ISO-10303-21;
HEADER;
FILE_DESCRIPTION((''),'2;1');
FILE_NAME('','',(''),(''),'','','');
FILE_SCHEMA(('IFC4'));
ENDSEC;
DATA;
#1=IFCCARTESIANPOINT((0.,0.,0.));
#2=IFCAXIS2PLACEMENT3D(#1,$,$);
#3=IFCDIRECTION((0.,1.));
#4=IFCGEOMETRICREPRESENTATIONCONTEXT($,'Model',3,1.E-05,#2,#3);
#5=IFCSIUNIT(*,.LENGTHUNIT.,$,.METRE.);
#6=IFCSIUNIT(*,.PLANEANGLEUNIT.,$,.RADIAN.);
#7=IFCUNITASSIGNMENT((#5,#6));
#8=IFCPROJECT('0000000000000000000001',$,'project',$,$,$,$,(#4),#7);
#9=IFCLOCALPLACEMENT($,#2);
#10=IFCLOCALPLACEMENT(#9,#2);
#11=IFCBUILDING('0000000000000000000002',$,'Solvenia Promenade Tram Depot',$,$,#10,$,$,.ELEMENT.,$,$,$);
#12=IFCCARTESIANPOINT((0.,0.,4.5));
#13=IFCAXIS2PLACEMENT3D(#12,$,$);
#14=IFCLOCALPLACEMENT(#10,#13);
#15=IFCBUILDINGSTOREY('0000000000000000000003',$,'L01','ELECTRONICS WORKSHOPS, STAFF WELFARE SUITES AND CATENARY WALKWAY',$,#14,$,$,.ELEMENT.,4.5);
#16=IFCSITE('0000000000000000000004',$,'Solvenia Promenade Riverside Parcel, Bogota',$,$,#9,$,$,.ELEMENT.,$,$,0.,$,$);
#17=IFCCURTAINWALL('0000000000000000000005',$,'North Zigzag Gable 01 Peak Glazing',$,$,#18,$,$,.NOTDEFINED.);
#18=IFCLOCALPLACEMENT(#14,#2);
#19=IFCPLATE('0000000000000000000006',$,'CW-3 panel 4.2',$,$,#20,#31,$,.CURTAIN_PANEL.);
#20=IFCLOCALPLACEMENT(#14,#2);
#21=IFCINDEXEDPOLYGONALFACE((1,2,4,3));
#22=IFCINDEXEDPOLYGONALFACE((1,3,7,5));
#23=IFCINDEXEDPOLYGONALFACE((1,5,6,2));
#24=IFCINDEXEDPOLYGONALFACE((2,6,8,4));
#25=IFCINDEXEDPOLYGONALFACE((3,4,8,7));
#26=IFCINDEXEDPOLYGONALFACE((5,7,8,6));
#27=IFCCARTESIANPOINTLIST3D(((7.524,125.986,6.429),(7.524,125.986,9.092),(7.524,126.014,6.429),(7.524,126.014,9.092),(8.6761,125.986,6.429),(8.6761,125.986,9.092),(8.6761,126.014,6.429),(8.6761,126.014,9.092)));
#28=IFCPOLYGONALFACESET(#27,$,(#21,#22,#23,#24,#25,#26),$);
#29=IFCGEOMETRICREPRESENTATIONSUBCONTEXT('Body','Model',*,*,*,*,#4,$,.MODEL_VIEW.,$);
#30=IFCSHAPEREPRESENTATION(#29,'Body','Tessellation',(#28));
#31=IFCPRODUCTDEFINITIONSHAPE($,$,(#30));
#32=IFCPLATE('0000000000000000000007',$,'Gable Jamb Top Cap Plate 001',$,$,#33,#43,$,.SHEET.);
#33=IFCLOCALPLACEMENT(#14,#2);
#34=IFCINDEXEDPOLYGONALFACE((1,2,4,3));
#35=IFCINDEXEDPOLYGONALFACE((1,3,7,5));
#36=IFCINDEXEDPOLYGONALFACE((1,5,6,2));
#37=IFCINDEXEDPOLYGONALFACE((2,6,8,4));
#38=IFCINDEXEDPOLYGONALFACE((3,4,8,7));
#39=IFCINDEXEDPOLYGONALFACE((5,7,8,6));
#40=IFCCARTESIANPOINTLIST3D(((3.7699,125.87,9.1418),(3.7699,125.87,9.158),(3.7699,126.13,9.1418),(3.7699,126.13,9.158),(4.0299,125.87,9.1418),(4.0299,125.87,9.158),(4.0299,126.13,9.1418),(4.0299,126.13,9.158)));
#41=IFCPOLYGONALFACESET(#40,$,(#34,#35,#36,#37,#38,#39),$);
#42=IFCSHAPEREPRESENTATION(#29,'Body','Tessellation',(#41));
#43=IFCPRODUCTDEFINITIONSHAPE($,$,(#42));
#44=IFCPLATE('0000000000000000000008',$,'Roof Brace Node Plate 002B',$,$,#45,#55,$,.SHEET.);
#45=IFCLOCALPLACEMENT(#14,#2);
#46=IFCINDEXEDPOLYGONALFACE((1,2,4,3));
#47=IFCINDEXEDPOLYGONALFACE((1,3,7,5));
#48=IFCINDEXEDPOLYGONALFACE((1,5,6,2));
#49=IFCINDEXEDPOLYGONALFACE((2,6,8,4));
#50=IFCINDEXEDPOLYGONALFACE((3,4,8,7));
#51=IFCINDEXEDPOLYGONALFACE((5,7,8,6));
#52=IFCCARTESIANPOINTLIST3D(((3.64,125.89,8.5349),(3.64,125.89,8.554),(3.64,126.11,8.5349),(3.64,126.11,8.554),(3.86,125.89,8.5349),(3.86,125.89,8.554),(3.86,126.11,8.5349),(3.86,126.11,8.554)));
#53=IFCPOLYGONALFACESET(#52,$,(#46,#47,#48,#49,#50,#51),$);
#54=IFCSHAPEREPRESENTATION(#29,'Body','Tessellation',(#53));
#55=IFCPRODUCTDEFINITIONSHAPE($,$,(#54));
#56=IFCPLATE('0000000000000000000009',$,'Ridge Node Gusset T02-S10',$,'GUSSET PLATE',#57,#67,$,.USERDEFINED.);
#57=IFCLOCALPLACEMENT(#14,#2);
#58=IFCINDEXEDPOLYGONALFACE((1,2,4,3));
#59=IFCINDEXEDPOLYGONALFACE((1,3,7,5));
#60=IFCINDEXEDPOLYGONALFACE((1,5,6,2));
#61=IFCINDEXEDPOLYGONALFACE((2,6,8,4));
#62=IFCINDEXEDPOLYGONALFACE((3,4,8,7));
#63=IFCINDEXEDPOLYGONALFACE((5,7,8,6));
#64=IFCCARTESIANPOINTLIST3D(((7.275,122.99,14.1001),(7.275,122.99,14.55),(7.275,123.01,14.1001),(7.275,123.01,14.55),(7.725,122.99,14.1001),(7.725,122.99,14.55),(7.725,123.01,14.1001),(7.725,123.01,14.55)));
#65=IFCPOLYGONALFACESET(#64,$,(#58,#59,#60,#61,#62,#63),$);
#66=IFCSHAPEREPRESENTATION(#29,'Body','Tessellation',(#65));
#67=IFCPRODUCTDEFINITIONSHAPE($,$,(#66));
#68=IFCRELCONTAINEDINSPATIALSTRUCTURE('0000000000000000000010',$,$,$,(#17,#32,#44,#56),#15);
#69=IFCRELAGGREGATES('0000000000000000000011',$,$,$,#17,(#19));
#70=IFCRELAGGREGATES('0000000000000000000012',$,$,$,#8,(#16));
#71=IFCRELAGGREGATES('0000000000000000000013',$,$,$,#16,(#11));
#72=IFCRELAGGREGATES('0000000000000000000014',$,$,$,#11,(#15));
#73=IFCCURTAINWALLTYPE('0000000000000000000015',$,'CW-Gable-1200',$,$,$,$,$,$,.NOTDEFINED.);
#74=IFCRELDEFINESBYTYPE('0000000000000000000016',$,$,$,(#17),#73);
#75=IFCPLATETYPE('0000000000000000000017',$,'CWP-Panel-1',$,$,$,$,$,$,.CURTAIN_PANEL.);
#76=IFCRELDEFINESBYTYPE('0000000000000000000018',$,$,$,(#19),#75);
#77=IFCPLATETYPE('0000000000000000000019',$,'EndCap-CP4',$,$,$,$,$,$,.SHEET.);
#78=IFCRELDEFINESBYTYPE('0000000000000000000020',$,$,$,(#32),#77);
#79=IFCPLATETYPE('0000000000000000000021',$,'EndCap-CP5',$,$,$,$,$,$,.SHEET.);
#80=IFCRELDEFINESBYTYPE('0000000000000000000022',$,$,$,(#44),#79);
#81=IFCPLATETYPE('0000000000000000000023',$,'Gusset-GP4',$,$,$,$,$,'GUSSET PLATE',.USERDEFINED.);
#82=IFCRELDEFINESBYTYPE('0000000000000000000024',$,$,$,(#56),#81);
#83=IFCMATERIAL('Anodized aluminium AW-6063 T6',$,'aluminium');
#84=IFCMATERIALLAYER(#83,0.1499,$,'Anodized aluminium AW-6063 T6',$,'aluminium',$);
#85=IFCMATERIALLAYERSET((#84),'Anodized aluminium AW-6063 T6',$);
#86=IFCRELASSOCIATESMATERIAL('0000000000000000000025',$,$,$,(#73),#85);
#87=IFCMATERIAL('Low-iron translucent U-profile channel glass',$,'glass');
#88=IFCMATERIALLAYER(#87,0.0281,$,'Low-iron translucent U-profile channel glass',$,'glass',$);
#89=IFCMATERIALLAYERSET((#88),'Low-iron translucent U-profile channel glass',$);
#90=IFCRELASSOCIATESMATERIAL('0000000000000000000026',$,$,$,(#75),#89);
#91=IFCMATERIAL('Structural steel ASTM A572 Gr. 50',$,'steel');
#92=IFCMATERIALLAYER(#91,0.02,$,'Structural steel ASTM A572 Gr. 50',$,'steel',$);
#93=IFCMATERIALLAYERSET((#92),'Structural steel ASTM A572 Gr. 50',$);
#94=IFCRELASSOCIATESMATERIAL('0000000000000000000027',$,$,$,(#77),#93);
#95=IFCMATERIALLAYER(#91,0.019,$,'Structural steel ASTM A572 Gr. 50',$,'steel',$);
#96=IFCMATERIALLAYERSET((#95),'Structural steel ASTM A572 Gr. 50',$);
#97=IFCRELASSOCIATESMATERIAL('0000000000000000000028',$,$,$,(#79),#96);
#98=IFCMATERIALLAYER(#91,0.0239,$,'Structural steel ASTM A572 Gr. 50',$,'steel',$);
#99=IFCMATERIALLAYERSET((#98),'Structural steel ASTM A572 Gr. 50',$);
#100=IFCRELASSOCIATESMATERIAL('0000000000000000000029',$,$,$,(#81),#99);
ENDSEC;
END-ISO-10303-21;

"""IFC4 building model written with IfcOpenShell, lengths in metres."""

from ifc_helpers import new_model, si_unit, direction, frame, origin, origin_2d, place, context, subcontext, project, spatial, rectangle, extrude, material, layer, layer_set, type_object, element, aggregate, save


model = new_model("IFC4")

# Units and contexts
model_context = context("Model", 3, precision=1e-05, world=origin(), true_north=direction((0.0, 1.0)))
body_context = subcontext(model_context, "Body", "Model", "MODEL_VIEW")
ifc_project = project(units=[si_unit("LENGTHUNIT", "METRE"), si_unit("PLANEANGLEUNIT", "RADIAN")], contexts=[model_context])

# Site, building, storey
site_placement = place(None, origin())
site = spatial("IfcSite", under=ifc_project, at=site_placement, Name="Solvenia Promenade Riverside Parcel, Bogota", CompositionType="ELEMENT", RefElevation=0.0)
building_placement = place(site_placement, origin())
building = spatial("IfcBuilding", under=site, at=building_placement, Name="Solvenia Promenade Tram Depot", CompositionType="ELEMENT")
storey_placement = place(building_placement, frame((0.0, 0.0, 4.5)))
storey = spatial("IfcBuildingStorey", under=building, at=storey_placement, Name="L01", Description="ELECTRONICS WORKSHOPS, STAFF WELFARE SUITES AND CATENARY WALKWAY", CompositionType="ELEMENT", Elevation=4.5)

# Curtain wall
ifc_material_1 = material(Name="Anodized aluminium AW-6063 T6", Category="aluminium")
ifc_layer_1 = layer(ifc_material_1, 0.1499, Name="Anodized aluminium AW-6063 T6", Category="aluminium")
ifc_layer_set_1 = layer_set([ifc_layer_1], Name="Anodized aluminium AW-6063 T6")
curtain_wall_type = type_object("IfcCurtainWallType", Name="CW-Gable-1200", PredefinedType="NOTDEFINED", material=ifc_layer_set_1)
curtain_wall_placement = place(storey_placement, origin())
curtain_wall = element("IfcCurtainWall", 1, at=curtain_wall_placement, inside=storey, type_object=curtain_wall_type, Name="North Zigzag Gable 01 Peak Glazing", PredefinedType="NOTDEFINED")

# Plate
ifc_material_2 = material(Name="Low-iron translucent U-profile channel glass", Category="glass")
ifc_layer_2 = layer(ifc_material_2, 0.0281, Name="Low-iron translucent U-profile channel glass", Category="glass")
ifc_layer_set_2 = layer_set([ifc_layer_2], Name="Low-iron translucent U-profile channel glass")
plate_type_1 = type_object("IfcPlateType", Name="CWP-Panel-1", PredefinedType="CURTAIN_PANEL", material=ifc_layer_set_2)
plate_1_placement = place(storey_placement, frame((8.1001, 126.0, 6.429), z_axis=(0.0, 0.0, 1.0), x_axis=(1.0, 0.0, 0.0)))
plate_1 = element("IfcPlate", 2, at=plate_1_placement, type_object=plate_type_1, Name="CW-3 panel 4.2", PredefinedType="CURTAIN_PANEL", context=body_context, shape_type="SweptSolid", body=[
    extrude(rectangle(XDim=1.1521, YDim=0.0281, at=origin_2d()), origin(), (0.0, 0.0, 1.0), 2.6631),
])
aggregate(curtain_wall, [plate_1])

# Plates
ifc_material_3 = material(Name="Structural steel ASTM A572 Gr. 50", Category="steel")
ifc_layer_3 = layer(ifc_material_3, 0.02, Name="Structural steel ASTM A572 Gr. 50", Category="steel")
ifc_layer_set_3 = layer_set([ifc_layer_3], Name="Structural steel ASTM A572 Gr. 50")
plate_type_2 = type_object("IfcPlateType", Name="EndCap-CP4", PredefinedType="SHEET", material=ifc_layer_set_3)
plate_2_placement = place(storey_placement, frame((3.8999, 126.0, 9.1418), z_axis=(0.0, 0.0, 1.0), x_axis=(1.0, 0.0, 0.0)))
element("IfcPlate", 3, at=plate_2_placement, inside=storey, type_object=plate_type_2, Name="Gable Jamb Top Cap Plate 001", PredefinedType="SHEET", context=body_context, shape_type="SweptSolid", body=[
    extrude(rectangle(XDim=0.26, YDim=0.26, at=origin_2d()), origin(), (0.0, 0.0, 1.0), 0.0161),
])
ifc_layer_4 = layer(ifc_material_3, 0.019, Name="Structural steel ASTM A572 Gr. 50", Category="steel")
ifc_layer_set_4 = layer_set([ifc_layer_4], Name="Structural steel ASTM A572 Gr. 50")
plate_type_3 = type_object("IfcPlateType", Name="EndCap-CP5", PredefinedType="SHEET", material=ifc_layer_set_4)
plate_3_placement = place(storey_placement, frame((3.75, 126.0, 8.5349), z_axis=(0.0, 0.0, 1.0), x_axis=(1.0, 0.0, 0.0)))
element("IfcPlate", 4, at=plate_3_placement, inside=storey, type_object=plate_type_3, Name="Roof Brace Node Plate 002B", PredefinedType="SHEET", context=body_context, shape_type="SweptSolid", body=[
    extrude(rectangle(XDim=0.22, YDim=0.22, at=origin_2d()), origin(), (0.0, 0.0, 1.0), 0.019),
])
ifc_layer_5 = layer(ifc_material_3, 0.0239, Name="Structural steel ASTM A572 Gr. 50", Category="steel")
ifc_layer_set_5 = layer_set([ifc_layer_5], Name="Structural steel ASTM A572 Gr. 50")
plate_type_4 = type_object("IfcPlateType", Name="Gusset-GP4", ElementType="GUSSET PLATE", PredefinedType="USERDEFINED", material=ifc_layer_set_5)
plate_4_placement = place(storey_placement, frame((7.5, 123.0, 14.1001), z_axis=(0.0, 0.0, 1.0), x_axis=(1.0, 0.0, 0.0)))
element("IfcPlate", 5, at=plate_4_placement, inside=storey, type_object=plate_type_4, Name="Ridge Node Gusset T02-S10", ObjectType="GUSSET PLATE", PredefinedType="USERDEFINED", context=body_context, shape_type="SweptSolid", body=[
    extrude(rectangle(XDim=0.45, YDim=0.02, at=origin_2d()), origin(), (0.0, 0.0, 1.0), 0.45),
])

save(model, "model.ifc")
